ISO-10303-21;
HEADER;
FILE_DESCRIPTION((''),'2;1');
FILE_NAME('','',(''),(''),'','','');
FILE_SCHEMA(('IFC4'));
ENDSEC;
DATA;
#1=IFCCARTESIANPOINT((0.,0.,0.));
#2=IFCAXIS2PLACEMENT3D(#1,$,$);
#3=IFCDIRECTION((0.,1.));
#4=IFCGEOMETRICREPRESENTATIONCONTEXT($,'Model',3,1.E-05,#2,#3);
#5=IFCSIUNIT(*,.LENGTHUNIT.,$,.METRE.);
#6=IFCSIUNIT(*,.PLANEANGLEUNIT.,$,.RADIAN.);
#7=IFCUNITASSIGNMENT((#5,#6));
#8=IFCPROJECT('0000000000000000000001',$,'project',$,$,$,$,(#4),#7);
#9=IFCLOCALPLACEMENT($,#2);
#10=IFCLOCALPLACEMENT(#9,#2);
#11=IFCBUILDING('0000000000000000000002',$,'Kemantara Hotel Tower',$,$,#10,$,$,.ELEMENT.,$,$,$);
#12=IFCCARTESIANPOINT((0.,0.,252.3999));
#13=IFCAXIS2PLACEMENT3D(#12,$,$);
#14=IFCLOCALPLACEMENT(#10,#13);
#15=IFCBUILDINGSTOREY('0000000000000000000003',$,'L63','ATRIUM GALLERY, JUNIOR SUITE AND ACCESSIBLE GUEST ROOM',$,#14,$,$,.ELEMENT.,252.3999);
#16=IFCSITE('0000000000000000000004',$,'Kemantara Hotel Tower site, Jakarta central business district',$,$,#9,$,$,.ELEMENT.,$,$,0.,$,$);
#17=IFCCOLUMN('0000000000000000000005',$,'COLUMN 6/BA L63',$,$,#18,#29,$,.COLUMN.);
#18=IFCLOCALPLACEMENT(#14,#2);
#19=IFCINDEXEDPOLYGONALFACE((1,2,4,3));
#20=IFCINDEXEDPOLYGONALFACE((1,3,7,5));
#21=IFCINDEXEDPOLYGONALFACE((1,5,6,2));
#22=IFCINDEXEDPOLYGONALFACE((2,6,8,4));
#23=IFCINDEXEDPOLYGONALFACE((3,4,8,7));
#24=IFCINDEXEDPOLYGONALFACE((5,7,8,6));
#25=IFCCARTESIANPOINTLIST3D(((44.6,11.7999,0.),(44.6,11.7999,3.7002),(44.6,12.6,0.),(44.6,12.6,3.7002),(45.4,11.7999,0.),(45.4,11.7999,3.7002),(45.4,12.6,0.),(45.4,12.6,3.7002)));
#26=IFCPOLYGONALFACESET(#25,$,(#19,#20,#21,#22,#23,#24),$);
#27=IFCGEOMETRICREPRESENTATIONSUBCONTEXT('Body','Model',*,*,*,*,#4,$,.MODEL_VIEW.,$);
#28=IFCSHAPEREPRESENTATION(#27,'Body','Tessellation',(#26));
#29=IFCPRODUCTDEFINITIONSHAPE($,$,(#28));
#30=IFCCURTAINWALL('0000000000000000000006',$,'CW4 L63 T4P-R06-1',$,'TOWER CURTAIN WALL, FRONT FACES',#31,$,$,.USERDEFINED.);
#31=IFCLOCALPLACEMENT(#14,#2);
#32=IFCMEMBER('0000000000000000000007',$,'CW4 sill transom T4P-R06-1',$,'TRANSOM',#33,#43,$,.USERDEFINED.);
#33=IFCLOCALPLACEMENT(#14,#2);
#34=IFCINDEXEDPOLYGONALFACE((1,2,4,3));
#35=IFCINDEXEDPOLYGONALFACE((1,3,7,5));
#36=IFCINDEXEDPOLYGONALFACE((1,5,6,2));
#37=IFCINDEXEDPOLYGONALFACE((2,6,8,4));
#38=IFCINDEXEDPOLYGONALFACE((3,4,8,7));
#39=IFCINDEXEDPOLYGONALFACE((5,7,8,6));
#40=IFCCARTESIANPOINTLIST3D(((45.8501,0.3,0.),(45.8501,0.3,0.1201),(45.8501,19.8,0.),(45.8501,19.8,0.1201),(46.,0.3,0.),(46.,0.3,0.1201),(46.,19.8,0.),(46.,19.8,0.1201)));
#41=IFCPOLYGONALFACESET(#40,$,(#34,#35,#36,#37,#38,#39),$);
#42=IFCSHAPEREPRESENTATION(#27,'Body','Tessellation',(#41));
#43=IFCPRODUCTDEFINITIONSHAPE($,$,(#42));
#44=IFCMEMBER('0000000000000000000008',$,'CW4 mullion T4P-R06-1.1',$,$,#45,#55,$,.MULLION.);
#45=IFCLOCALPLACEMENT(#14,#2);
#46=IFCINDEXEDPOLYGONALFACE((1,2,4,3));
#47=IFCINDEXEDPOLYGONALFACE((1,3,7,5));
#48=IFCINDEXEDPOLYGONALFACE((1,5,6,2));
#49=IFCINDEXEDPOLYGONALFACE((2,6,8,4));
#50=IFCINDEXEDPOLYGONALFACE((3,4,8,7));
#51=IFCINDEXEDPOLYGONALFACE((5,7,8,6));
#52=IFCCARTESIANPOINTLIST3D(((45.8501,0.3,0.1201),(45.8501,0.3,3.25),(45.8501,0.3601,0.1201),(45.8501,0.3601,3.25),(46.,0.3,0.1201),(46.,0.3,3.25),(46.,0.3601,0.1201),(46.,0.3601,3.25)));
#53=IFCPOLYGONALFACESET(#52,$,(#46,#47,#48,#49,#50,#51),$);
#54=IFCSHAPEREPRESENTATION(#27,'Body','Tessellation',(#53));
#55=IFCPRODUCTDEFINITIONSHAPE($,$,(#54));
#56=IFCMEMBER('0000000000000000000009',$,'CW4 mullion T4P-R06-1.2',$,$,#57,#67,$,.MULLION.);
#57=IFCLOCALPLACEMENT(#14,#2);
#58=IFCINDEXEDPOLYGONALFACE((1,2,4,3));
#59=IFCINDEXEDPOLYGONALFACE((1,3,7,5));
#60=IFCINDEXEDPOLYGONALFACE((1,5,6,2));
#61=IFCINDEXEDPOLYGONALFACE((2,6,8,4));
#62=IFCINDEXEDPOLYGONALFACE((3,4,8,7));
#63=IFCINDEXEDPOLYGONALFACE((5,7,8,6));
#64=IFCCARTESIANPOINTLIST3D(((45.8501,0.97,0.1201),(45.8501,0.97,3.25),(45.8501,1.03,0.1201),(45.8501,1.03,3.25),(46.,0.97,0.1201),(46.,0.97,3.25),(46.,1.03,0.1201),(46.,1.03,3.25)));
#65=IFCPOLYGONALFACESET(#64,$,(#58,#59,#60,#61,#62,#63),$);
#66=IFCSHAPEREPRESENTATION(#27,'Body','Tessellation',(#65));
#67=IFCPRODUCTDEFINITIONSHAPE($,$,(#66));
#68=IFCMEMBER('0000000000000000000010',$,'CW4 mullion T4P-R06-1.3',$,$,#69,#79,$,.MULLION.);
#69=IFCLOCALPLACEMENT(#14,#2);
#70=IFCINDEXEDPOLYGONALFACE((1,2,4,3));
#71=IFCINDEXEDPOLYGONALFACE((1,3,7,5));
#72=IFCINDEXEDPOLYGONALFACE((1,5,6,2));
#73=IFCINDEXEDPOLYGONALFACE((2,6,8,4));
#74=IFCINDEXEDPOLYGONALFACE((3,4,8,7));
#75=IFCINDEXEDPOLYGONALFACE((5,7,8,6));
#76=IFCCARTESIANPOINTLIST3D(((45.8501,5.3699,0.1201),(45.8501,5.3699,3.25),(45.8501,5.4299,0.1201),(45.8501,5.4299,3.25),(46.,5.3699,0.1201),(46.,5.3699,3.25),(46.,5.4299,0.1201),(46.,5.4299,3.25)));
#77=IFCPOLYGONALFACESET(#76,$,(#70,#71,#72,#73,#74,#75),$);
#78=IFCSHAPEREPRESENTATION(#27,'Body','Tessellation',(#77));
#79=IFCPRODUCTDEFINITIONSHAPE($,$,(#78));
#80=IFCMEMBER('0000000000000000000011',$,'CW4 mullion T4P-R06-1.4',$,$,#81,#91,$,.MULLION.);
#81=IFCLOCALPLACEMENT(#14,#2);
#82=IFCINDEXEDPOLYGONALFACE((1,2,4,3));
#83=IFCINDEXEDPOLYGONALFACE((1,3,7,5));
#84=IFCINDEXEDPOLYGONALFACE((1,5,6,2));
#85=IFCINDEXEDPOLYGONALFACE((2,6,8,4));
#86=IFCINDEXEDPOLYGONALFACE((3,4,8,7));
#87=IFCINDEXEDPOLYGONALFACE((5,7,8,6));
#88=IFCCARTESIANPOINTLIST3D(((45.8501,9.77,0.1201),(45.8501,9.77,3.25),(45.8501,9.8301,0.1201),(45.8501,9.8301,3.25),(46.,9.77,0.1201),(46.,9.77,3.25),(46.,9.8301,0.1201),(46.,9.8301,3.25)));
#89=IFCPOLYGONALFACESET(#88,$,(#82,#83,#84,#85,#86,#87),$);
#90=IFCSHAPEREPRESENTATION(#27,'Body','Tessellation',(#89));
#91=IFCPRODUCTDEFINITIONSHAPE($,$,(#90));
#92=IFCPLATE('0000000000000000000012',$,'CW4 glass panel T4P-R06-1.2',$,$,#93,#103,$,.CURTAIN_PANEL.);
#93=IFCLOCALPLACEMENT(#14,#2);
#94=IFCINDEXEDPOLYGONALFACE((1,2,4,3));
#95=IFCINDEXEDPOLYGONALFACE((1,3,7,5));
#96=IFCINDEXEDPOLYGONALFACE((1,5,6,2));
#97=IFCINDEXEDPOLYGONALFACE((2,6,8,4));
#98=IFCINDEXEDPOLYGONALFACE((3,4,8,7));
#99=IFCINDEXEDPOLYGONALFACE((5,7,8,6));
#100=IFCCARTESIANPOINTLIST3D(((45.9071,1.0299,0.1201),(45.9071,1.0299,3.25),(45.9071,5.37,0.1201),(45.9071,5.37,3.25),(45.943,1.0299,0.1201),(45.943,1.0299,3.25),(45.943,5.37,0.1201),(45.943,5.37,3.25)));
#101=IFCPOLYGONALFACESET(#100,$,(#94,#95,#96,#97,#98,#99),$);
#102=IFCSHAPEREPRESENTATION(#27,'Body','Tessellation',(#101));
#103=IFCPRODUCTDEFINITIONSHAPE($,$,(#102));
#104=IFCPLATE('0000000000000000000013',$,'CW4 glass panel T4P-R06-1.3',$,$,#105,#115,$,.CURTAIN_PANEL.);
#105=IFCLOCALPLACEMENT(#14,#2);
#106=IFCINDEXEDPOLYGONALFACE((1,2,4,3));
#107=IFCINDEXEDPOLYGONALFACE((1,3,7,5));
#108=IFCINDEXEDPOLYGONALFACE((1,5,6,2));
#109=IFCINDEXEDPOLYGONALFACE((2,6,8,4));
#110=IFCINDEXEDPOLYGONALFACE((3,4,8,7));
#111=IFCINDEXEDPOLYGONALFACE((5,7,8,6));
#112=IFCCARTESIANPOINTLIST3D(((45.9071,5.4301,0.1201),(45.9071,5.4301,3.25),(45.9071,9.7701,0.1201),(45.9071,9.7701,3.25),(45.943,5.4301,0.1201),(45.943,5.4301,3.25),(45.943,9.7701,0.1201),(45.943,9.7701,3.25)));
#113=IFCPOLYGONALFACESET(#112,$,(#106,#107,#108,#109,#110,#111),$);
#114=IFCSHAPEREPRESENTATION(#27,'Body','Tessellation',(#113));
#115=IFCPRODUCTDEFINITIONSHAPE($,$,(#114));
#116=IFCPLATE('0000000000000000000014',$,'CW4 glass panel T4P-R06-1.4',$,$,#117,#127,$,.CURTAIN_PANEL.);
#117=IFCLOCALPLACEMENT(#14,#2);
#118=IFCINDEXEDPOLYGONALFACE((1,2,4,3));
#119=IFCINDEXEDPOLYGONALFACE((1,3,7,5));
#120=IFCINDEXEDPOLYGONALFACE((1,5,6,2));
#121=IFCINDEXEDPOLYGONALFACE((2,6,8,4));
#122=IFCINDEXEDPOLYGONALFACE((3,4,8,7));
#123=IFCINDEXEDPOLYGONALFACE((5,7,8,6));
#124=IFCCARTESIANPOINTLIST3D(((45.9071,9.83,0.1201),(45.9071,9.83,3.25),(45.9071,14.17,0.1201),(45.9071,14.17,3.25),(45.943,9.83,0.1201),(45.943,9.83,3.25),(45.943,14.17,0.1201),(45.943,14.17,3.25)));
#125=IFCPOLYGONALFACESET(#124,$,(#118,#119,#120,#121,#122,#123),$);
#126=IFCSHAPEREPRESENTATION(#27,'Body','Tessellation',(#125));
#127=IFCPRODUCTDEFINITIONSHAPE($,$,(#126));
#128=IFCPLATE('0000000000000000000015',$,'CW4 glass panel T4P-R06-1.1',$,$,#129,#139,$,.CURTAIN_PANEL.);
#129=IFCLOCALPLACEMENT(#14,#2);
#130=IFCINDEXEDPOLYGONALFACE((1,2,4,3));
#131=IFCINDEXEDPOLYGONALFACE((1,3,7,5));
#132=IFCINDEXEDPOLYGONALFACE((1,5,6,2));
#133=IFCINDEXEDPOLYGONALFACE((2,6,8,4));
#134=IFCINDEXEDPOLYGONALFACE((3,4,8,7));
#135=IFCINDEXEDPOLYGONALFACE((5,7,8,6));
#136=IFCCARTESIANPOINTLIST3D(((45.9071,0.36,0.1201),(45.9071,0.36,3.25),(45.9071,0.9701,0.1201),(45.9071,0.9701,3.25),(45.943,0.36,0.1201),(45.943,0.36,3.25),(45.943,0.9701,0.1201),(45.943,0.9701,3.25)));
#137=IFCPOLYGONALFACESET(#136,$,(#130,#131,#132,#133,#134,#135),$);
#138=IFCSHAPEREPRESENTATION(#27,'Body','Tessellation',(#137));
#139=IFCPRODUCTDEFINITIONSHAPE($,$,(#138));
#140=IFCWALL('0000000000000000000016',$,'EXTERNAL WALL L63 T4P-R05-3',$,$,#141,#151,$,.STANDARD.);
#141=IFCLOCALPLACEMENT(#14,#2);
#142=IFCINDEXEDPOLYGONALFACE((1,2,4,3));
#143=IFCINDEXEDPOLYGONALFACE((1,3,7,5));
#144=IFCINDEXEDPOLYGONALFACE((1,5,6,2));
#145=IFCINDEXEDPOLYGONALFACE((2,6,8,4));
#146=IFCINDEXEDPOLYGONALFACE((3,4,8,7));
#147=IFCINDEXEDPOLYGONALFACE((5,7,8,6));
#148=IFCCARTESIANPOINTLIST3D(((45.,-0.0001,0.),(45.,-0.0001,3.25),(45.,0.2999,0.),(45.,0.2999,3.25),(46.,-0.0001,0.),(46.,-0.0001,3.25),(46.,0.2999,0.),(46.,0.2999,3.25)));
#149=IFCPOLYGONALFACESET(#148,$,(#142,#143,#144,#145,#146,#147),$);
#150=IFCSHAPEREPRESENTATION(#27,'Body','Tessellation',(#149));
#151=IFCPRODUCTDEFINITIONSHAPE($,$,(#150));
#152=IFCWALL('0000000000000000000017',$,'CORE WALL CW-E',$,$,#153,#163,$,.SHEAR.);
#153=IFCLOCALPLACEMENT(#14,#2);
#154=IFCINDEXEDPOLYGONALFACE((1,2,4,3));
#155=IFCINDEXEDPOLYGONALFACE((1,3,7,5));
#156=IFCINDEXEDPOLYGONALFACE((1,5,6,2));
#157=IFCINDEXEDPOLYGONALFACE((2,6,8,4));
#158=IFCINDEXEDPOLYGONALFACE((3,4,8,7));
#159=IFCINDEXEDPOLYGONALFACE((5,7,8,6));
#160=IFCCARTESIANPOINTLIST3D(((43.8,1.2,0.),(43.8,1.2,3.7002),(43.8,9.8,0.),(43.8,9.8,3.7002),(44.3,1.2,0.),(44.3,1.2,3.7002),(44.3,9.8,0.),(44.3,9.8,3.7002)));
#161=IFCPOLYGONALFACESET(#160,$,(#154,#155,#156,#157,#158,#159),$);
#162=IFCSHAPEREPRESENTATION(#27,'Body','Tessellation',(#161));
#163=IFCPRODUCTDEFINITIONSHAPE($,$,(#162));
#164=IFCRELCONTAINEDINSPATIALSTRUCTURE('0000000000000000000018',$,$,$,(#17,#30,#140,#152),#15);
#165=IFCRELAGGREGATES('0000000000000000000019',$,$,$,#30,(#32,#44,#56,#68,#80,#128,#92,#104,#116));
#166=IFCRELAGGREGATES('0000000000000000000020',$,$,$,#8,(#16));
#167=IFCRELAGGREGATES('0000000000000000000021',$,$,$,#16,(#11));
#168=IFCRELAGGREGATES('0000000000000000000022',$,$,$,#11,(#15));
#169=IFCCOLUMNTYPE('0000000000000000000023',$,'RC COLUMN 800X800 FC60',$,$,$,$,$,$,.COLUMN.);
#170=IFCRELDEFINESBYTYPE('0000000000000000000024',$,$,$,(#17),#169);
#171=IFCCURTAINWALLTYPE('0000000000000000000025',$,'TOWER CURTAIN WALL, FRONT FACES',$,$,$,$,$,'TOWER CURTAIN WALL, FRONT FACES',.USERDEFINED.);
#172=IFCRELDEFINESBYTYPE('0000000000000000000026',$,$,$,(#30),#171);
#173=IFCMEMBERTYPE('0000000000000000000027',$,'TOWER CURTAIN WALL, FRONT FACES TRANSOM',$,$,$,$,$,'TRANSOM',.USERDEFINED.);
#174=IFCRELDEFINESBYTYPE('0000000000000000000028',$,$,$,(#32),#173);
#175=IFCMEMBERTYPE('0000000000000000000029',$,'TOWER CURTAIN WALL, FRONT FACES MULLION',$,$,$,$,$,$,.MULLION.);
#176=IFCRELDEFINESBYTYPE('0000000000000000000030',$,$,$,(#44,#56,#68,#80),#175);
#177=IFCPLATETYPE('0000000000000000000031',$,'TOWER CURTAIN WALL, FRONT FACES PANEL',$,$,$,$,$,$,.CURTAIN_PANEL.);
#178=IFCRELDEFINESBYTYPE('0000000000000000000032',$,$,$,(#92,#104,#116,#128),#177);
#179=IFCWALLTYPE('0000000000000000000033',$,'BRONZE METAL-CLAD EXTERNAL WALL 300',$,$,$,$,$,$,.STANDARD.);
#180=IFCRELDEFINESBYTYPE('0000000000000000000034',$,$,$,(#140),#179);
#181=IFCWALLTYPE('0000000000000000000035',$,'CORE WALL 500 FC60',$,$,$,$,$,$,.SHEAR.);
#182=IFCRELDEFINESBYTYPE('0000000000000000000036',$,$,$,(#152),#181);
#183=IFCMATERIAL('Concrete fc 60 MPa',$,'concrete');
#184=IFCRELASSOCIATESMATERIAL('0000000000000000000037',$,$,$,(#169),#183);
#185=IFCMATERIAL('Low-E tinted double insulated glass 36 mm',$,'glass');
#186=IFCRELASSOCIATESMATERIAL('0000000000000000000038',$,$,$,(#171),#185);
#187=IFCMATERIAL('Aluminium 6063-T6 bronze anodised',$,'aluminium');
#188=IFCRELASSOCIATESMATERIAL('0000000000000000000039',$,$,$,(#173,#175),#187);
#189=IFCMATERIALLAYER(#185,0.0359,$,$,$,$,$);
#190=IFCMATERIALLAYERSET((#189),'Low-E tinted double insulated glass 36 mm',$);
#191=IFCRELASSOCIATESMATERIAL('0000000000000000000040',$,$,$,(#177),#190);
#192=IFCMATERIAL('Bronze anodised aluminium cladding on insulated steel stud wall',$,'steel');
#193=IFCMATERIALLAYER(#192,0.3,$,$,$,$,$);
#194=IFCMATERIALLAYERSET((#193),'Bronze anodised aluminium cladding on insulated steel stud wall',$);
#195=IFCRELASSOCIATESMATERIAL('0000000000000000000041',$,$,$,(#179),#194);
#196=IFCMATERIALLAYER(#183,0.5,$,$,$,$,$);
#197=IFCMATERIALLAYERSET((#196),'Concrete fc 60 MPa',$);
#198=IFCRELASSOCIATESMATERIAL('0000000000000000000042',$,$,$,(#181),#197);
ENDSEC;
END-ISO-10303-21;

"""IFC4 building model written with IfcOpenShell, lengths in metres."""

from ifc_helpers import new_model, si_unit, direction, frame, frame_2d, origin, origin_2d, place, context, subcontext, project, spatial, rectangle, extrude, source, transform, mapped, material, layer, layer_set, material_profile, profile_set, type_object, element, aggregate, save


model = new_model("IFC4")

# Units and contexts
model_context = context("Model", 3, precision=1e-05, world=origin(), true_north=direction((0.0, 1.0)))
body_context = subcontext(model_context, "Body", "Model", "MODEL_VIEW")
ifc_project = project(units=[si_unit("LENGTHUNIT", "METRE"), si_unit("PLANEANGLEUNIT", "RADIAN")], contexts=[model_context])

# Site, building, storey
site_placement = place(None, origin())
site = spatial("IfcSite", under=ifc_project, at=site_placement, Name="Kemantara Hotel Tower site, Jakarta central business district", CompositionType="ELEMENT", RefElevation=0.0)
building_placement = place(site_placement, origin())
building = spatial("IfcBuilding", under=site, at=building_placement, Name="Kemantara Hotel Tower", CompositionType="ELEMENT")
storey_placement = place(building_placement, frame((0.0, 0.0, 252.3999)))
storey = spatial("IfcBuildingStorey", under=building, at=storey_placement, Name="L63", Description="ATRIUM GALLERY, JUNIOR SUITE AND ACCESSIBLE GUEST ROOM", CompositionType="ELEMENT", Elevation=252.3999)

# Column
ifc_material_1 = material(Name="Concrete fc 60 MPa", Category="concrete")
ifc_material_profile_1 = material_profile(ifc_material_1, rectangle(XDim=0.8, YDim=0.8, at=origin_2d()), Name="RC 800X800")
ifc_profile_set_1 = profile_set([ifc_material_profile_1], Name="Concrete fc 60 MPa")
column_type = type_object("IfcColumnType", Name="RC COLUMN 800X800 FC60", PredefinedType="COLUMN", material=ifc_profile_set_1)
column_placement = place(storey_placement, frame((45.0, 12.2, 0.0), z_axis=(0.0, 0.0, 1.0), x_axis=(1.0, 0.0, 0.0)))
element("IfcColumn", 1, at=column_placement, inside=storey, type_object=column_type, Name="COLUMN 6/BA L63", PredefinedType="COLUMN", context=body_context, shape_type="SweptSolid", body=[
    extrude(rectangle(XDim=0.8, YDim=0.8, at=origin_2d()), origin(), (0.0, 0.0, 1.0), 3.7002),
])

# Curtain wall, members, plates
ifc_material_2 = material(Name="Low-E tinted double insulated glass 36 mm", Category="glass")
curtain_wall_type = type_object("IfcCurtainWallType", Name="TOWER CURTAIN WALL, FRONT FACES", ElementType="TOWER CURTAIN WALL, FRONT FACES", PredefinedType="USERDEFINED", material=ifc_material_2)
curtain_wall_placement = place(storey_placement, origin())
curtain_wall = element("IfcCurtainWall", 2, at=curtain_wall_placement, inside=storey, type_object=curtain_wall_type, Name="CW4 L63 T4P-R06-1", ObjectType="TOWER CURTAIN WALL, FRONT FACES", PredefinedType="USERDEFINED")
ifc_material_3 = material(Name="Aluminium 6063-T6 bronze anodised", Category="aluminium")
ifc_material_profile_2 = material_profile(ifc_material_3, rectangle(XDim=0.1499, YDim=0.1201, at=origin_2d()), Name="TOWER CURTAIN WALL, FRONT FACES TRANSOM")
ifc_profile_set_2 = profile_set([ifc_material_profile_2], Name="Aluminium 6063-T6 bronze anodised")
member_type_1 = type_object("IfcMemberType", Name="TOWER CURTAIN WALL, FRONT FACES TRANSOM", ElementType="TRANSOM", PredefinedType="USERDEFINED", material=ifc_profile_set_2)
member_1_placement = place(storey_placement, frame((45.925, 0.3, 0.0601), z_axis=(0.0, 1.0, 0.0), x_axis=(-1.0, 0.0, 0.0)))
member_1 = element("IfcMember", 3, at=member_1_placement, type_object=member_type_1, Name="CW4 sill transom T4P-R06-1", ObjectType="TRANSOM", PredefinedType="USERDEFINED", context=body_context, shape_type="SweptSolid", body=[
    extrude(rectangle(XDim=0.1499, YDim=0.1201, at=origin_2d()), origin(), (0.0, 0.0, 1.0), 19.5),
])
ifc_material_profile_3 = material_profile(ifc_material_3, rectangle(XDim=0.1499, YDim=0.0601, at=origin_2d()), Name="TOWER CURTAIN WALL, FRONT FACES MULLION")
ifc_profile_set_3 = profile_set([ifc_material_profile_3], Name="Aluminium 6063-T6 bronze anodised")
member_type_2 = type_object("IfcMemberType", Name="TOWER CURTAIN WALL, FRONT FACES MULLION", PredefinedType="MULLION", material=ifc_profile_set_3)
shared_shape_1 = source(origin(), body_context, "Body", "SweptSolid", [
    extrude(rectangle(XDim=0.1499, YDim=0.0601, at=origin_2d()), origin(), (0.0, 0.0, 1.0), 3.1299),
])
member_2_placement = place(storey_placement, frame((45.925, 0.3301, 0.1201), z_axis=(0.0, 0.0, 1.0), x_axis=(-1.0, 0.0, 0.0)))
member_2 = element("IfcMember", 4, at=member_2_placement, type_object=member_type_2, Name="CW4 mullion T4P-R06-1.1", PredefinedType="MULLION", context=body_context, shape_type="MappedRepresentation", body=[
    mapped(shared_shape_1, transform((0.0, 0.0, 0.0))),
])
member_3_placement = place(storey_placement, frame((45.925, 1.0, 0.1201), z_axis=(0.0, 0.0, 1.0), x_axis=(-1.0, 0.0, 0.0)))
member_3 = element("IfcMember", 5, at=member_3_placement, type_object=member_type_2, Name="CW4 mullion T4P-R06-1.2", PredefinedType="MULLION", context=body_context, shape_type="MappedRepresentation", body=[
    mapped(shared_shape_1, transform((0.0, 0.0, 0.0))),
])
member_4_placement = place(storey_placement, frame((45.925, 5.3999, 0.1201), z_axis=(0.0, 0.0, 1.0), x_axis=(-1.0, 0.0, 0.0)))
member_4 = element("IfcMember", 6, at=member_4_placement, type_object=member_type_2, Name="CW4 mullion T4P-R06-1.3", PredefinedType="MULLION", context=body_context, shape_type="MappedRepresentation", body=[
    mapped(shared_shape_1, transform((0.0, 0.0, 0.0))),
])
member_5_placement = place(storey_placement, frame((45.925, 9.8, 0.1201), z_axis=(0.0, 0.0, 1.0), x_axis=(-1.0, 0.0, 0.0)))
member_5 = element("IfcMember", 7, at=member_5_placement, type_object=member_type_2, Name="CW4 mullion T4P-R06-1.4", PredefinedType="MULLION", context=body_context, shape_type="MappedRepresentation", body=[
    mapped(shared_shape_1, transform((0.0, 0.0, 0.0))),
])
ifc_layer_1 = layer(ifc_material_2, 0.0359)
ifc_layer_set_1 = layer_set([ifc_layer_1], Name="Low-E tinted double insulated glass 36 mm")
plate_type = type_object("IfcPlateType", Name="TOWER CURTAIN WALL, FRONT FACES PANEL", PredefinedType="CURTAIN_PANEL", material=ifc_layer_set_1)
shared_shape_2 = source(origin(), body_context, "Body", "SweptSolid", [
    extrude(rectangle(XDim=4.3401, YDim=0.0359, at=origin_2d()), origin(), (0.0, 0.0, 1.0), 3.1299),
])
plate_1_placement = place(storey_placement, frame((45.925, 3.2, 0.1201), z_axis=(0.0, 0.0, 1.0), x_axis=(0.0, 1.0, 0.0)))
plate_1 = element("IfcPlate", 8, at=plate_1_placement, type_object=plate_type, Name="CW4 glass panel T4P-R06-1.2", PredefinedType="CURTAIN_PANEL", context=body_context, shape_type="MappedRepresentation", body=[
    mapped(shared_shape_2, transform((0.0, 0.0, 0.0))),
])
plate_2_placement = place(storey_placement, frame((45.925, 7.6001, 0.1201), z_axis=(0.0, 0.0, 1.0), x_axis=(0.0, 1.0, 0.0)))
plate_2 = element("IfcPlate", 9, at=plate_2_placement, type_object=plate_type, Name="CW4 glass panel T4P-R06-1.3", PredefinedType="CURTAIN_PANEL", context=body_context, shape_type="MappedRepresentation", body=[
    mapped(shared_shape_2, transform((0.0, 0.0, 0.0))),
])
plate_3_placement = place(storey_placement, frame((45.925, 12.0, 0.1201), z_axis=(0.0, 0.0, 1.0), x_axis=(0.0, 1.0, 0.0)))
plate_3 = element("IfcPlate", 10, at=plate_3_placement, type_object=plate_type, Name="CW4 glass panel T4P-R06-1.4", PredefinedType="CURTAIN_PANEL", context=body_context, shape_type="MappedRepresentation", body=[
    mapped(shared_shape_2, transform((0.0, 0.0, 0.0))),
])
shared_shape_3 = source(origin(), body_context, "Body", "SweptSolid", [
    extrude(rectangle(XDim=0.6101, YDim=0.0359, at=origin_2d()), origin(), (0.0, 0.0, 1.0), 3.1299),
])
plate_4_placement = place(storey_placement, frame((45.925, 0.665, 0.1201), z_axis=(0.0, 0.0, 1.0), x_axis=(0.0, 1.0, 0.0)))
plate_4 = element("IfcPlate", 11, at=plate_4_placement, type_object=plate_type, Name="CW4 glass panel T4P-R06-1.1", PredefinedType="CURTAIN_PANEL", context=body_context, shape_type="MappedRepresentation", body=[
    mapped(shared_shape_3, transform((0.0, 0.0, 0.0))),
])
aggregate(curtain_wall, [member_1, member_2, member_3, member_4, member_5, plate_4, plate_1, plate_2, plate_3])

# Walls
ifc_material_4 = material(Name="Bronze anodised aluminium cladding on insulated steel stud wall", Category="steel")
ifc_layer_2 = layer(ifc_material_4, 0.3)
ifc_layer_set_2 = layer_set([ifc_layer_2], Name="Bronze anodised aluminium cladding on insulated steel stud wall")
wall_type_1 = type_object("IfcWallType", Name="BRONZE METAL-CLAD EXTERNAL WALL 300", PredefinedType="STANDARD", material=ifc_layer_set_2)
wall_1_placement = place(storey_placement, frame((45.0, 0.1499, 0.0), z_axis=(0.0, 0.0, 1.0), x_axis=(1.0, 0.0, 0.0)))
element("IfcWall", 12, at=wall_1_placement, inside=storey, type_object=wall_type_1, Name="EXTERNAL WALL L63 T4P-R05-3", PredefinedType="STANDARD", context=body_context, shape_type="SweptSolid", body=[
    extrude(rectangle(XDim=1.0, YDim=0.3, at=frame_2d((0.5, 0.0))), origin(), (0.0, 0.0, 1.0), 3.25),
])
ifc_layer_3 = layer(ifc_material_1, 0.5)
ifc_layer_set_3 = layer_set([ifc_layer_3], Name="Concrete fc 60 MPa")
wall_type_2 = type_object("IfcWallType", Name="CORE WALL 500 FC60", PredefinedType="SHEAR", material=ifc_layer_set_3)
wall_2_placement = place(storey_placement, frame((44.05, 1.2, 0.0), z_axis=(0.0, 0.0, 1.0), x_axis=(0.0, 1.0, 0.0)))
element("IfcWall", 13, at=wall_2_placement, inside=storey, type_object=wall_type_2, Name="CORE WALL CW-E", PredefinedType="SHEAR", context=body_context, shape_type="SweptSolid", body=[
    extrude(rectangle(XDim=8.6001, YDim=0.5, at=frame_2d((4.3, 0.0))), origin(), (0.0, 0.0, 1.0), 3.7002),
])

save(model, "model.ifc")
